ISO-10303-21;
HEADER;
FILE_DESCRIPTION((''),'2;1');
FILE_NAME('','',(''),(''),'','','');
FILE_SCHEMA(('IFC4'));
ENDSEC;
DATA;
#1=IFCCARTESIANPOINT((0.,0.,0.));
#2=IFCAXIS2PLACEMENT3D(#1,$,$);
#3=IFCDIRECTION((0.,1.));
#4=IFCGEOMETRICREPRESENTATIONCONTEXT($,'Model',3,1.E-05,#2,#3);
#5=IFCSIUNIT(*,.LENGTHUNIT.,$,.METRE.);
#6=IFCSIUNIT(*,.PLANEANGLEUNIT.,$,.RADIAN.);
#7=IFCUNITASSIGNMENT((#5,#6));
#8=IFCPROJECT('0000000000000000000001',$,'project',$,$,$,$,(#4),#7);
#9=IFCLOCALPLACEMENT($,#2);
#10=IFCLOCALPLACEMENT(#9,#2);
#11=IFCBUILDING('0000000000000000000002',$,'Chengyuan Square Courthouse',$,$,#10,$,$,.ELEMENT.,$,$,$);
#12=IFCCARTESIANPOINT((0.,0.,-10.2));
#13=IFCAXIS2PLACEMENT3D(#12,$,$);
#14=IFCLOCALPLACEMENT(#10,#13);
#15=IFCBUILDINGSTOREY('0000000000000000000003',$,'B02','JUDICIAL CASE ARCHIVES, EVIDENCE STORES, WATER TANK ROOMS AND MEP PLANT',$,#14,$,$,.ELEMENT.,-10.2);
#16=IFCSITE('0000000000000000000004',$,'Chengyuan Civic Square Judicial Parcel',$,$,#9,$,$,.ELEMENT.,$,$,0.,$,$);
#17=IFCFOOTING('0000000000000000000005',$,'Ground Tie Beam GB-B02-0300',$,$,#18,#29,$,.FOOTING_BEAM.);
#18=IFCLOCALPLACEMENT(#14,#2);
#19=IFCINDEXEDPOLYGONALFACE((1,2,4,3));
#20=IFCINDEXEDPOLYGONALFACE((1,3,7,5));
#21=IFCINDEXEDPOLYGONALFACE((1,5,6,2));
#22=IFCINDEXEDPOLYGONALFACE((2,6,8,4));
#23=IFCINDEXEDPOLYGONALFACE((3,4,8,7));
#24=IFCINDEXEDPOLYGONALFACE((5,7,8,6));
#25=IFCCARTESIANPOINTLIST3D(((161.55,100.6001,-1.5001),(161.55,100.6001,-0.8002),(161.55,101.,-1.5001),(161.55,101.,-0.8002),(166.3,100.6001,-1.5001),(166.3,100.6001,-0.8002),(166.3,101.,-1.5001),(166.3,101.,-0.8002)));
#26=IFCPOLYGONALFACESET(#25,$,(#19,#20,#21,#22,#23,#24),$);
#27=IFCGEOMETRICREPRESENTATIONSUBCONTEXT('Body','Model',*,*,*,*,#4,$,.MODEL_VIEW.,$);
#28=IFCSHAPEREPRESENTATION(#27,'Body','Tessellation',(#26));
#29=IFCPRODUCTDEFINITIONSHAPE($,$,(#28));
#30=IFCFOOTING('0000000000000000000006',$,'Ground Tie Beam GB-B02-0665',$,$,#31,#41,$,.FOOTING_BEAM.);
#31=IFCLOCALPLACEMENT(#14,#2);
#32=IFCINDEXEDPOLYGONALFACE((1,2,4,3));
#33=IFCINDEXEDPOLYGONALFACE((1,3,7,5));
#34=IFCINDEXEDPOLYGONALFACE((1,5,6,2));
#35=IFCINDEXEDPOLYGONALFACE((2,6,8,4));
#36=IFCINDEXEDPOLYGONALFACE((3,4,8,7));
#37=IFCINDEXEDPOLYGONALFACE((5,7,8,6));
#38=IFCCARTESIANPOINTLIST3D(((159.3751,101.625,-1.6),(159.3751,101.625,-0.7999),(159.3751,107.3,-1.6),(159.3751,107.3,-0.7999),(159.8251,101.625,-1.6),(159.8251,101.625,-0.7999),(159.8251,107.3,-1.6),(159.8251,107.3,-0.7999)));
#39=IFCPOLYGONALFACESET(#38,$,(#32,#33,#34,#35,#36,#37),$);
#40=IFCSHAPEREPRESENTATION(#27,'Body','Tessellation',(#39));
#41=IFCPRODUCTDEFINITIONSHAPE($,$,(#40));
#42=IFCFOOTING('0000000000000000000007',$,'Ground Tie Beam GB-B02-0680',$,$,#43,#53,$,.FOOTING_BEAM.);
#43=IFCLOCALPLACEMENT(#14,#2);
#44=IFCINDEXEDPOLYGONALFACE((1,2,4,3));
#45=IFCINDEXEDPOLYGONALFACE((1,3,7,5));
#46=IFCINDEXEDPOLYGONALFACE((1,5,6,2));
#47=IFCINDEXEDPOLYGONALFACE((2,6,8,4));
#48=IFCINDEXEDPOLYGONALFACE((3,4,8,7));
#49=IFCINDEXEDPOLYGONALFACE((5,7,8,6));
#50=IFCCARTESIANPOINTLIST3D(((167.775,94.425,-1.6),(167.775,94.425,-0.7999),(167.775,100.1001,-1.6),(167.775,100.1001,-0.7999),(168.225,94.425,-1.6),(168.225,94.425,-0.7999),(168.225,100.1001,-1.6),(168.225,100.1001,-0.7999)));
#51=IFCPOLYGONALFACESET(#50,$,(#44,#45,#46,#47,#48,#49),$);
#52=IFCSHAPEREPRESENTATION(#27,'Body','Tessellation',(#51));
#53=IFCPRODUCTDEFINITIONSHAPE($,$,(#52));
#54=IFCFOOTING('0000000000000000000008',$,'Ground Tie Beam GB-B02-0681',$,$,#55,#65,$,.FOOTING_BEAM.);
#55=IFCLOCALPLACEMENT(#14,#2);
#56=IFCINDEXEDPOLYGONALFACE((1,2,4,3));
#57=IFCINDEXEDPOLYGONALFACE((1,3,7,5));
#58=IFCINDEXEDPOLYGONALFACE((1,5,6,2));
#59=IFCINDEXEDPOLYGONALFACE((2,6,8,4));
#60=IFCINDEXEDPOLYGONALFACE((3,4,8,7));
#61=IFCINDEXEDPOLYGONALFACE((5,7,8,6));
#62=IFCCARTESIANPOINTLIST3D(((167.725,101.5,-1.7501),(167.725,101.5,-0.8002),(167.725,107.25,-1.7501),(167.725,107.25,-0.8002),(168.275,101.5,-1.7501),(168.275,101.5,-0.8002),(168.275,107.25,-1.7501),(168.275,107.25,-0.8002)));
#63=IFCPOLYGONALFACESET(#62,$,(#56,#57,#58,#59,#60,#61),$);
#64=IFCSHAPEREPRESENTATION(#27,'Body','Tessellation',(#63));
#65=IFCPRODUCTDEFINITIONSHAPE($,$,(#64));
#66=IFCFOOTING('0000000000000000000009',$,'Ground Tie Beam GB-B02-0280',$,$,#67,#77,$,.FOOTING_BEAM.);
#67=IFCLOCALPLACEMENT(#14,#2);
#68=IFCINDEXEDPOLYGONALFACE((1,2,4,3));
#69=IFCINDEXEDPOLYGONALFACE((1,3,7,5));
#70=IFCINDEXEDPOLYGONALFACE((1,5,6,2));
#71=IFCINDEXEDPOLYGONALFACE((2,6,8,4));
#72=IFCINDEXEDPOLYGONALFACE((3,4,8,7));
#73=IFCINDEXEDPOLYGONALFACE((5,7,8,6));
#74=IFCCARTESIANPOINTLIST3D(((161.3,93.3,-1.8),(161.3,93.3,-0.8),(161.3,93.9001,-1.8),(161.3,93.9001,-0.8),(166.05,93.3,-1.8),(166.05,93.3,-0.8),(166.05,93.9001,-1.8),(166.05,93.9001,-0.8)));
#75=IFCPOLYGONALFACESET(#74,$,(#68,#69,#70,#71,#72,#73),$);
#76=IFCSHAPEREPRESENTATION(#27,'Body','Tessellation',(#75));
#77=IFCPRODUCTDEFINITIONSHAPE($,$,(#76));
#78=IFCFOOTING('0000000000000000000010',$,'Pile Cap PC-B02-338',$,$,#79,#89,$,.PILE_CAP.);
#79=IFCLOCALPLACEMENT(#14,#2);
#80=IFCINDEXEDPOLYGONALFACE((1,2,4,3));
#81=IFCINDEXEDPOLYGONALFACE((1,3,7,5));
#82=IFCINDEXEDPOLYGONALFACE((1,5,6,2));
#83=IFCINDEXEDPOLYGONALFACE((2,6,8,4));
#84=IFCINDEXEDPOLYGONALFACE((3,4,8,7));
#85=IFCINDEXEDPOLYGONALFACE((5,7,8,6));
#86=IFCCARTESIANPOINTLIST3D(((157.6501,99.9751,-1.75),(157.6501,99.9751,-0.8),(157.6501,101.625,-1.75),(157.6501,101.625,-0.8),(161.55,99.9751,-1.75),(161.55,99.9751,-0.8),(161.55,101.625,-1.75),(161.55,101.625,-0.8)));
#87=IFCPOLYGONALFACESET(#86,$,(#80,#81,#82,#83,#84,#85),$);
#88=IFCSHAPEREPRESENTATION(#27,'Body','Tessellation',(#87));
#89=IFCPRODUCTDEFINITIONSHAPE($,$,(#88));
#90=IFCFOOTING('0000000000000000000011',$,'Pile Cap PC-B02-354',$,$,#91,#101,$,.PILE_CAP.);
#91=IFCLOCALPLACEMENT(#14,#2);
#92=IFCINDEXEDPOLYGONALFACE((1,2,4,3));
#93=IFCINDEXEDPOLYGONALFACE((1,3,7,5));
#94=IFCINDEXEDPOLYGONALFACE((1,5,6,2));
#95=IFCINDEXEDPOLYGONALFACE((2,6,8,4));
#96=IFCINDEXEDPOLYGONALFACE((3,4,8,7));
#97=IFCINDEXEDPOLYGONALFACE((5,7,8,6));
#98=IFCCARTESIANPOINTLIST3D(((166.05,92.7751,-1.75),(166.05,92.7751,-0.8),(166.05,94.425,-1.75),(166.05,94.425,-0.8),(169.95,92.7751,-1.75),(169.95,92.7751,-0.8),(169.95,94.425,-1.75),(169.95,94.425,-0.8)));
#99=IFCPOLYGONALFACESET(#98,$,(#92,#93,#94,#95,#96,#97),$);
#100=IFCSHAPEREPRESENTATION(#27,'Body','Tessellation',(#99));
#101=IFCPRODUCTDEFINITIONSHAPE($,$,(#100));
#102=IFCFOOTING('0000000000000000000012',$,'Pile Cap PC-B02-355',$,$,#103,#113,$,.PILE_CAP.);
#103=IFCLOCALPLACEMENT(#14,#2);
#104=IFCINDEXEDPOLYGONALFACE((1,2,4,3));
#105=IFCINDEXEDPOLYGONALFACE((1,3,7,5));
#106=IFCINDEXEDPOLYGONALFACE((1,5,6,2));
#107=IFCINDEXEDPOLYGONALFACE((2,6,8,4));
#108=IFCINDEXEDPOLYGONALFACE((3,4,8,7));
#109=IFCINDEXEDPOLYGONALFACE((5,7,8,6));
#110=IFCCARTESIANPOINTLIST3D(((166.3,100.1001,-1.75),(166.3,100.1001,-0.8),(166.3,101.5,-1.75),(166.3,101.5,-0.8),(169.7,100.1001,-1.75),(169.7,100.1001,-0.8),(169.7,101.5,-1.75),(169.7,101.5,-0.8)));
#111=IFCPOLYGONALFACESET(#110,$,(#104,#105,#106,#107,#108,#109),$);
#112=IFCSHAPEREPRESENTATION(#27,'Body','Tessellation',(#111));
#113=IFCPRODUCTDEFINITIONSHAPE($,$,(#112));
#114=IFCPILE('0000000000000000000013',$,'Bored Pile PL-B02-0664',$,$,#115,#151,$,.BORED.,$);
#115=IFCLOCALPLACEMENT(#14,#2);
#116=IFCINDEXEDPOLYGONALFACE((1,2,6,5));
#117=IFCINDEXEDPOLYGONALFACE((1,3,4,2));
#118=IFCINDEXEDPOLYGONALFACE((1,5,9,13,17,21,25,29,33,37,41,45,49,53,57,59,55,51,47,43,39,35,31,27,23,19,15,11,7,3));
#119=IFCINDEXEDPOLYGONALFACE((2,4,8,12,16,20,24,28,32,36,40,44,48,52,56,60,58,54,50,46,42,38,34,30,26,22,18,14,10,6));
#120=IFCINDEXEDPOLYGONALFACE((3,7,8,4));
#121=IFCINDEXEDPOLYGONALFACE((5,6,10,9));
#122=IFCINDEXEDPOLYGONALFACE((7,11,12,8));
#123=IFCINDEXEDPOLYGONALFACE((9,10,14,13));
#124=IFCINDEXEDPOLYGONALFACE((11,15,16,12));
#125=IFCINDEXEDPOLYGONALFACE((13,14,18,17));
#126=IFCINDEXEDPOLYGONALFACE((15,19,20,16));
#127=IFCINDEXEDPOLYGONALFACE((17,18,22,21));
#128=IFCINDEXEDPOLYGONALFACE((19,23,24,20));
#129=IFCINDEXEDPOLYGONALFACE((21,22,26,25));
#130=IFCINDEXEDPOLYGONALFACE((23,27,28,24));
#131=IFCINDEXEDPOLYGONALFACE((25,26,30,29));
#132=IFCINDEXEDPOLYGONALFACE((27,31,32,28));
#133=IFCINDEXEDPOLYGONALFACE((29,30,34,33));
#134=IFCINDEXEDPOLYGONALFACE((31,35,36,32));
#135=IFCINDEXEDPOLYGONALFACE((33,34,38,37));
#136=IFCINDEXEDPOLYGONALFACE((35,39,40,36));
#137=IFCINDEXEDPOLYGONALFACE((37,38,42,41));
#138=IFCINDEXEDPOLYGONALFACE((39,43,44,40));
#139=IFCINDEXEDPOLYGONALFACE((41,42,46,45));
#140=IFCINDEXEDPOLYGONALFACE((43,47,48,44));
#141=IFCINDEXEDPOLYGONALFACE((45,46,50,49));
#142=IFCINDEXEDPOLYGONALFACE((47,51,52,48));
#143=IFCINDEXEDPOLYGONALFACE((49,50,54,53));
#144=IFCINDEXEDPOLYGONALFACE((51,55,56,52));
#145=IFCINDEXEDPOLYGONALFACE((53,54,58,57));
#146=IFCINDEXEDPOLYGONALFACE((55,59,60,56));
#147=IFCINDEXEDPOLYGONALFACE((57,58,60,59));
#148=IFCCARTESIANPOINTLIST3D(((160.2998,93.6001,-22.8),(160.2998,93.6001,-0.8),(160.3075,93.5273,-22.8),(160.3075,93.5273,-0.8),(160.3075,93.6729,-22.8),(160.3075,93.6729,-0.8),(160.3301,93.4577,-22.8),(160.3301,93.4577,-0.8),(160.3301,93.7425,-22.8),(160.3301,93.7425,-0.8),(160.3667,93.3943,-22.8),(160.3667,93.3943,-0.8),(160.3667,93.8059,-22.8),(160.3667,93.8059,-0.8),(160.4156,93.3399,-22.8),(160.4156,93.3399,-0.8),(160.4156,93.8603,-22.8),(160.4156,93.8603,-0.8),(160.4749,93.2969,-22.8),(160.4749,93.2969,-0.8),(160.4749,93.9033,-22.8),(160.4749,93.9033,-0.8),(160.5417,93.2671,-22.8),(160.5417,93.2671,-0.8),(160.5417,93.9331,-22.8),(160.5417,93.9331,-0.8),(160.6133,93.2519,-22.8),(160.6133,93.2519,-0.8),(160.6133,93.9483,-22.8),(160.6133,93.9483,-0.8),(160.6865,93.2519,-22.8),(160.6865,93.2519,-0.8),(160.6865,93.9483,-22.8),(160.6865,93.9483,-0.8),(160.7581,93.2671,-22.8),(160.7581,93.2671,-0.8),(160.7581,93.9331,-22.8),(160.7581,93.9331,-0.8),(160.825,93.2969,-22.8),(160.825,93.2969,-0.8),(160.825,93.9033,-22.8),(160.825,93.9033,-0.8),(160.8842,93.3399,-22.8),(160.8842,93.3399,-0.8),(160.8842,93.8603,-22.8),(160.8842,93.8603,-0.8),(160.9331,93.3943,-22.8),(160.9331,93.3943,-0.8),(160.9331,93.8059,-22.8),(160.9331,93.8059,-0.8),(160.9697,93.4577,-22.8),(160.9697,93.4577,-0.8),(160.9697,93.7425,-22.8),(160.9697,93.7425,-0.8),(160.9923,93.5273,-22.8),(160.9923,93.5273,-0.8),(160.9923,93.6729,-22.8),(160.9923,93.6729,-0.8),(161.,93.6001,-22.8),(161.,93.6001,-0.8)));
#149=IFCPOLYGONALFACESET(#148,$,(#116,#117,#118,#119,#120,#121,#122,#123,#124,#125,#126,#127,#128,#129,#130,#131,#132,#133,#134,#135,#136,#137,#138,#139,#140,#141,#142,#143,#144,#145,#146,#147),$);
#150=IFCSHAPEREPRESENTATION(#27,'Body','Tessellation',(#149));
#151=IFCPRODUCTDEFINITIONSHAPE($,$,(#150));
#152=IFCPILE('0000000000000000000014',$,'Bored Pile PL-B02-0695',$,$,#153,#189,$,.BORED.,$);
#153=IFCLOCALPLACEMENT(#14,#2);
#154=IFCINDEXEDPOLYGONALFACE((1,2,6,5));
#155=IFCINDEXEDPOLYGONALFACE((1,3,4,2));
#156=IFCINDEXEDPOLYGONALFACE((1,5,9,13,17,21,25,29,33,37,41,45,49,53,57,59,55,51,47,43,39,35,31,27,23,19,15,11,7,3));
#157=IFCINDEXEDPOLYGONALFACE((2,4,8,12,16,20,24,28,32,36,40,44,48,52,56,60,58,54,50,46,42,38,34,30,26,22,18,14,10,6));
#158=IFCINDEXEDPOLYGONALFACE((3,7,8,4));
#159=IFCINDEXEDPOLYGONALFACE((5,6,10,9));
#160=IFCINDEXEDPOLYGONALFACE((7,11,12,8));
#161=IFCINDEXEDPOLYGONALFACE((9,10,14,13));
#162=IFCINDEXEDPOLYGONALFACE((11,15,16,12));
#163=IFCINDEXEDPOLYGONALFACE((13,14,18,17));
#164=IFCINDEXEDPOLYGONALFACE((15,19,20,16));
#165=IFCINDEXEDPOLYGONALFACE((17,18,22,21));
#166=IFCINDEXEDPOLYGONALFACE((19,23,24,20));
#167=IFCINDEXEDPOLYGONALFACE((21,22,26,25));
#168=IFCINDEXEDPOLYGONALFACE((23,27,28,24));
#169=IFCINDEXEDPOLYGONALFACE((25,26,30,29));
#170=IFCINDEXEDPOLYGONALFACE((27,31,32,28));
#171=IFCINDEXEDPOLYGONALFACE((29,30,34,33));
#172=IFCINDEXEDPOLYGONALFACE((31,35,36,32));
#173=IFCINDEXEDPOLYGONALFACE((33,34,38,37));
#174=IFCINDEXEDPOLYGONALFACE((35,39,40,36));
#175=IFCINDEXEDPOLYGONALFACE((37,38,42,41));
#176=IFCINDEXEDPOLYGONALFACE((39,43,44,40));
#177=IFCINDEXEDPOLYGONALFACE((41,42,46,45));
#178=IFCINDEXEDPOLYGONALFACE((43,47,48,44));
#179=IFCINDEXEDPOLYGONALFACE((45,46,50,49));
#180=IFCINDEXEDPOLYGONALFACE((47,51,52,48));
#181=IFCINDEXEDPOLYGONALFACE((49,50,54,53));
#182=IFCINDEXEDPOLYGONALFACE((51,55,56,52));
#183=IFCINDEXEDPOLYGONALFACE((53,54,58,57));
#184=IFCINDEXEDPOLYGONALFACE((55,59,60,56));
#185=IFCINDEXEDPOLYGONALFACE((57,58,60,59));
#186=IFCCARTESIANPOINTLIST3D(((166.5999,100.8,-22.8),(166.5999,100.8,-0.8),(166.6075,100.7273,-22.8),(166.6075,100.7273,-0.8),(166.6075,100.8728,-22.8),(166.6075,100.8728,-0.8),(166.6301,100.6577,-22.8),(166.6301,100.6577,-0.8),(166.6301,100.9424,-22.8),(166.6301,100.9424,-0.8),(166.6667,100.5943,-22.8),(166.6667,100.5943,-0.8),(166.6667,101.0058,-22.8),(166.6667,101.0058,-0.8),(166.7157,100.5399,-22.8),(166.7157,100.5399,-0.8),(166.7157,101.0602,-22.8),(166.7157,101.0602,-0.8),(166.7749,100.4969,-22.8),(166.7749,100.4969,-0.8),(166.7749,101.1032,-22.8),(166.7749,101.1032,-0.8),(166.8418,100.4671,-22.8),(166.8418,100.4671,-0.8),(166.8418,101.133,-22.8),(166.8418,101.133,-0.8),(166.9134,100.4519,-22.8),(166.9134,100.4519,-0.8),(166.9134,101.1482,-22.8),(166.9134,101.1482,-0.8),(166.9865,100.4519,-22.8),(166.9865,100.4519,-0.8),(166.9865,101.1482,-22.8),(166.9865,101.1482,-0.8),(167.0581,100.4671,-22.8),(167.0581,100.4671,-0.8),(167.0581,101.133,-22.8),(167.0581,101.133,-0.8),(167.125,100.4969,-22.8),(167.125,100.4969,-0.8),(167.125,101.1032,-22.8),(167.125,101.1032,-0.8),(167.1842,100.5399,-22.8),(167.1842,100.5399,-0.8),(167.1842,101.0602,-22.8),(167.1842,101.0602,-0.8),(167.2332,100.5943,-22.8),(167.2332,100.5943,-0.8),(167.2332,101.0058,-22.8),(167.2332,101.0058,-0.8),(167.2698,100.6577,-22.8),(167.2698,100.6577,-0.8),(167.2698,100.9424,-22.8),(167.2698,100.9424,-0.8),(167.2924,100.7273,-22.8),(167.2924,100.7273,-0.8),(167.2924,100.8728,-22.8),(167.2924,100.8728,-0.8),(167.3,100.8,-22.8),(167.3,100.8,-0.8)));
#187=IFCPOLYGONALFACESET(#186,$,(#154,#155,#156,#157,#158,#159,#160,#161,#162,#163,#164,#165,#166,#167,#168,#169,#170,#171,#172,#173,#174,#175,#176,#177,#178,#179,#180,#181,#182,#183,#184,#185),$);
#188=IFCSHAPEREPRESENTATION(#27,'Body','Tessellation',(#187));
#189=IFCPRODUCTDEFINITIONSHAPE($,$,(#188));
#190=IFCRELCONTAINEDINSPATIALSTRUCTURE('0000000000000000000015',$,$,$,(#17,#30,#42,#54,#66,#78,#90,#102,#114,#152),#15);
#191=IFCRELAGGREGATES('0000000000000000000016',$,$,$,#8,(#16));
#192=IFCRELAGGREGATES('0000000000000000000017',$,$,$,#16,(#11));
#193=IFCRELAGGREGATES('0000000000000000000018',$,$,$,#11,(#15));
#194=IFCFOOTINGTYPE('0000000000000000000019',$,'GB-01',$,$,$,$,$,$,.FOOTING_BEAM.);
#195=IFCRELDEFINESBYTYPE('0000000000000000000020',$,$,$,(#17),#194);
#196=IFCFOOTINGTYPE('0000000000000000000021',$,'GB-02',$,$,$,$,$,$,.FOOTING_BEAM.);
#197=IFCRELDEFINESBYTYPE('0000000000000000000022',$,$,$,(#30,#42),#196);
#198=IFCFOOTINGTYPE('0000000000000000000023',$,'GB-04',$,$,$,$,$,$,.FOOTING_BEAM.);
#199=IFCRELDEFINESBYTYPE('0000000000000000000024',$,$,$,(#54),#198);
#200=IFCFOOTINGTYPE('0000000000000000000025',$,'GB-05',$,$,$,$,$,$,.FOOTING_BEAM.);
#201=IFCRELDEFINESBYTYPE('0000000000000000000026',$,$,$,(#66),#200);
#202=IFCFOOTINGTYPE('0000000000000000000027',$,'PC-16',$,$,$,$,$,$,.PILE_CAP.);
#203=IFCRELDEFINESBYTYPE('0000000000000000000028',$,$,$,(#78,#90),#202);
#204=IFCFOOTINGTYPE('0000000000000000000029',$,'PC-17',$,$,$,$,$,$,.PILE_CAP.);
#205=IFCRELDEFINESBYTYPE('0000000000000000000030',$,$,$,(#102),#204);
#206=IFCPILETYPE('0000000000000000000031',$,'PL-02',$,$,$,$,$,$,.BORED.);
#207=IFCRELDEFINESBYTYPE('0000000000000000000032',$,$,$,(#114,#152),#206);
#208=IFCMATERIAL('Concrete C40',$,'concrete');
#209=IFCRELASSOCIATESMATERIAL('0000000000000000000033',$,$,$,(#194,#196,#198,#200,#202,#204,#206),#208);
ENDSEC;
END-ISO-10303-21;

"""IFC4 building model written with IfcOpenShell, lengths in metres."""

from ifc_helpers import new_model, si_unit, direction, frame, origin, origin_2d, place, context, subcontext, project, spatial, rectangle, circle, extrude, material, material_profile, profile_set, type_object, element, save


model = new_model("IFC4")

# Units and contexts
model_context = context("Model", 3, precision=1e-05, world=origin(), true_north=direction((0.0, 1.0)))
body_context = subcontext(model_context, "Body", "Model", "MODEL_VIEW")
ifc_project = project(units=[si_unit("LENGTHUNIT", "METRE"), si_unit("PLANEANGLEUNIT", "RADIAN")], contexts=[model_context])

# Site, building, storey
site_placement = place(None, origin())
site = spatial("IfcSite", under=ifc_project, at=site_placement, Name="Chengyuan Civic Square Judicial Parcel", CompositionType="ELEMENT", RefElevation=0.0)
building_placement = place(site_placement, origin())
building = spatial("IfcBuilding", under=site, at=building_placement, Name="Chengyuan Square Courthouse", CompositionType="ELEMENT")
storey_placement = place(building_placement, frame((0.0, 0.0, -10.2)))
storey = spatial("IfcBuildingStorey", under=building, at=storey_placement, Name="B02", Description="JUDICIAL CASE ARCHIVES, EVIDENCE STORES, WATER TANK ROOMS AND MEP PLANT", CompositionType="ELEMENT", Elevation=-10.2)

# Footings
ifc_material_1 = material(Name="Concrete C40", Category="concrete")
ifc_material_profile_1 = material_profile(ifc_material_1, rectangle(XDim=0.3999, YDim=0.7, at=origin_2d()), Name="GB-400x700")
ifc_profile_set_1 = profile_set([ifc_material_profile_1], Name="Concrete C40")
footing_type_1 = type_object("IfcFootingType", Name="GB-01", PredefinedType="FOOTING_BEAM", material=ifc_profile_set_1)
footing_1_placement = place(storey_placement, frame((161.55, 100.8, -1.1501), z_axis=(1.0, 0.0, 0.0), x_axis=(0.0, 1.0, 0.0)))
element("IfcFooting", 1, at=footing_1_placement, inside=storey, type_object=footing_type_1, Name="Ground Tie Beam GB-B02-0300", PredefinedType="FOOTING_BEAM", context=body_context, shape_type="SweptSolid", body=[
    extrude(rectangle(XDim=0.3999, YDim=0.7, at=origin_2d()), origin(), (0.0, 0.0, 1.0), 4.75),
])
ifc_material_profile_2 = material_profile(ifc_material_1, rectangle(XDim=0.45, YDim=0.8, at=origin_2d()), Name="GB-450x800")
ifc_profile_set_2 = profile_set([ifc_material_profile_2], Name="Concrete C40")
footing_type_2 = type_object("IfcFootingType", Name="GB-02", PredefinedType="FOOTING_BEAM", material=ifc_profile_set_2)
for number, where, z_axis, x_axis, name in (
    (2, (159.6001, 101.625, -1.2), (0.0, 1.0, 0.0), (-1.0, 0.0, 0.0), "Ground Tie Beam GB-B02-0665"),
    (3, (168.0, 94.425, -1.2), (0.0, 1.0, 0.0), (-1.0, 0.0, 0.0), "Ground Tie Beam GB-B02-0680"),
):
    element("IfcFooting", number, at=place(storey_placement, frame(where, z_axis=z_axis, x_axis=x_axis)), inside=storey, type_object=footing_type_2, Name=name, PredefinedType="FOOTING_BEAM", context=body_context, shape_type="SweptSolid", body=[
        extrude(rectangle(XDim=0.45, YDim=0.8, at=origin_2d()), origin(), (0.0, 0.0, 1.0), 5.675),
    ])
ifc_material_profile_3 = material_profile(ifc_material_1, rectangle(XDim=0.55, YDim=0.95, at=origin_2d()), Name="GB-550x950")
ifc_profile_set_3 = profile_set([ifc_material_profile_3], Name="Concrete C40")
footing_type_3 = type_object("IfcFootingType", Name="GB-04", PredefinedType="FOOTING_BEAM", material=ifc_profile_set_3)
footing_2_placement = place(storey_placement, frame((168.0, 101.5, -1.2751), z_axis=(0.0, 1.0, 0.0), x_axis=(-1.0, 0.0, 0.0)))
element("IfcFooting", 4, at=footing_2_placement, inside=storey, type_object=footing_type_3, Name="Ground Tie Beam GB-B02-0681", PredefinedType="FOOTING_BEAM", context=body_context, shape_type="SweptSolid", body=[
    extrude(rectangle(XDim=0.55, YDim=0.95, at=origin_2d()), origin(), (0.0, 0.0, 1.0), 5.75),
])
ifc_material_profile_4 = material_profile(ifc_material_1, rectangle(XDim=0.6001, YDim=1.0, at=origin_2d()), Name="GB-600x1000")
ifc_profile_set_4 = profile_set([ifc_material_profile_4], Name="Concrete C40")
footing_type_4 = type_object("IfcFootingType", Name="GB-05", PredefinedType="FOOTING_BEAM", material=ifc_profile_set_4)
footing_3_placement = place(storey_placement, frame((161.3, 93.6001, -1.3), z_axis=(1.0, 0.0, 0.0), x_axis=(0.0, 1.0, 0.0)))
element("IfcFooting", 5, at=footing_3_placement, inside=storey, type_object=footing_type_4, Name="Ground Tie Beam GB-B02-0280", PredefinedType="FOOTING_BEAM", context=body_context, shape_type="SweptSolid", body=[
    extrude(rectangle(XDim=0.6001, YDim=1.0, at=origin_2d()), origin(), (0.0, 0.0, 1.0), 4.75),
])
footing_type_5 = type_object("IfcFootingType", Name="PC-16", PredefinedType="PILE_CAP", material=ifc_material_1)
for number, where, z_axis, x_axis, name in (
    (6, (159.6001, 100.8, -1.75), (0.0, 0.0, 1.0), (1.0, 0.0, 0.0), "Pile Cap PC-B02-338"),
    (7, (168.0, 93.6001, -1.75), (0.0, 0.0, 1.0), (1.0, 0.0, 0.0), "Pile Cap PC-B02-354"),
):
    element("IfcFooting", number, at=place(storey_placement, frame(where, z_axis=z_axis, x_axis=x_axis)), inside=storey, type_object=footing_type_5, Name=name, PredefinedType="PILE_CAP", context=body_context, shape_type="SweptSolid", body=[
        extrude(rectangle(XDim=3.8999, YDim=1.6499, at=origin_2d()), origin(), (0.0, 0.0, 1.0), 0.95),
    ])
footing_type_6 = type_object("IfcFootingType", Name="PC-17", PredefinedType="PILE_CAP", material=ifc_material_1)
footing_4_placement = place(storey_placement, frame((168.0, 100.8, -1.75), z_axis=(0.0, 0.0, 1.0), x_axis=(1.0, 0.0, 0.0)))
element("IfcFooting", 8, at=footing_4_placement, inside=storey, type_object=footing_type_6, Name="Pile Cap PC-B02-355", PredefinedType="PILE_CAP", context=body_context, shape_type="SweptSolid", body=[
    extrude(rectangle(XDim=3.3999, YDim=1.3999, at=origin_2d()), origin(), (0.0, 0.0, 1.0), 0.95),
])

# Piles
ifc_material_profile_5 = material_profile(ifc_material_1, circle(Radius=0.3501, at=origin_2d()), Name="BORED PILE D700")
ifc_profile_set_5 = profile_set([ifc_material_profile_5], Name="Concrete C40")
pile_type_1 = type_object("IfcPileType", Name="PL-02", PredefinedType="BORED", material=ifc_profile_set_5)
for number, where, z_axis, x_axis, name in (
    (9, (160.6499, 93.6001, -0.8), (0.0, 0.0, -1.0), (1.0, 0.0, 0.0), "Bored Pile PL-B02-0664"),
    (10, (166.95, 100.8, -0.8), (0.0, 0.0, -1.0), (1.0, 0.0, 0.0), "Bored Pile PL-B02-0695"),
):
    element("IfcPile", number, at=place(storey_placement, frame(where, z_axis=z_axis, x_axis=x_axis)), inside=storey, type_object=pile_type_1, Name=name, PredefinedType="BORED", context=body_context, shape_type="SweptSolid", body=[
        extrude(circle(Radius=0.3501, at=origin_2d()), origin(), (0.0, 0.0, 1.0), 22.0),
    ])

save(model, "model.ifc")
